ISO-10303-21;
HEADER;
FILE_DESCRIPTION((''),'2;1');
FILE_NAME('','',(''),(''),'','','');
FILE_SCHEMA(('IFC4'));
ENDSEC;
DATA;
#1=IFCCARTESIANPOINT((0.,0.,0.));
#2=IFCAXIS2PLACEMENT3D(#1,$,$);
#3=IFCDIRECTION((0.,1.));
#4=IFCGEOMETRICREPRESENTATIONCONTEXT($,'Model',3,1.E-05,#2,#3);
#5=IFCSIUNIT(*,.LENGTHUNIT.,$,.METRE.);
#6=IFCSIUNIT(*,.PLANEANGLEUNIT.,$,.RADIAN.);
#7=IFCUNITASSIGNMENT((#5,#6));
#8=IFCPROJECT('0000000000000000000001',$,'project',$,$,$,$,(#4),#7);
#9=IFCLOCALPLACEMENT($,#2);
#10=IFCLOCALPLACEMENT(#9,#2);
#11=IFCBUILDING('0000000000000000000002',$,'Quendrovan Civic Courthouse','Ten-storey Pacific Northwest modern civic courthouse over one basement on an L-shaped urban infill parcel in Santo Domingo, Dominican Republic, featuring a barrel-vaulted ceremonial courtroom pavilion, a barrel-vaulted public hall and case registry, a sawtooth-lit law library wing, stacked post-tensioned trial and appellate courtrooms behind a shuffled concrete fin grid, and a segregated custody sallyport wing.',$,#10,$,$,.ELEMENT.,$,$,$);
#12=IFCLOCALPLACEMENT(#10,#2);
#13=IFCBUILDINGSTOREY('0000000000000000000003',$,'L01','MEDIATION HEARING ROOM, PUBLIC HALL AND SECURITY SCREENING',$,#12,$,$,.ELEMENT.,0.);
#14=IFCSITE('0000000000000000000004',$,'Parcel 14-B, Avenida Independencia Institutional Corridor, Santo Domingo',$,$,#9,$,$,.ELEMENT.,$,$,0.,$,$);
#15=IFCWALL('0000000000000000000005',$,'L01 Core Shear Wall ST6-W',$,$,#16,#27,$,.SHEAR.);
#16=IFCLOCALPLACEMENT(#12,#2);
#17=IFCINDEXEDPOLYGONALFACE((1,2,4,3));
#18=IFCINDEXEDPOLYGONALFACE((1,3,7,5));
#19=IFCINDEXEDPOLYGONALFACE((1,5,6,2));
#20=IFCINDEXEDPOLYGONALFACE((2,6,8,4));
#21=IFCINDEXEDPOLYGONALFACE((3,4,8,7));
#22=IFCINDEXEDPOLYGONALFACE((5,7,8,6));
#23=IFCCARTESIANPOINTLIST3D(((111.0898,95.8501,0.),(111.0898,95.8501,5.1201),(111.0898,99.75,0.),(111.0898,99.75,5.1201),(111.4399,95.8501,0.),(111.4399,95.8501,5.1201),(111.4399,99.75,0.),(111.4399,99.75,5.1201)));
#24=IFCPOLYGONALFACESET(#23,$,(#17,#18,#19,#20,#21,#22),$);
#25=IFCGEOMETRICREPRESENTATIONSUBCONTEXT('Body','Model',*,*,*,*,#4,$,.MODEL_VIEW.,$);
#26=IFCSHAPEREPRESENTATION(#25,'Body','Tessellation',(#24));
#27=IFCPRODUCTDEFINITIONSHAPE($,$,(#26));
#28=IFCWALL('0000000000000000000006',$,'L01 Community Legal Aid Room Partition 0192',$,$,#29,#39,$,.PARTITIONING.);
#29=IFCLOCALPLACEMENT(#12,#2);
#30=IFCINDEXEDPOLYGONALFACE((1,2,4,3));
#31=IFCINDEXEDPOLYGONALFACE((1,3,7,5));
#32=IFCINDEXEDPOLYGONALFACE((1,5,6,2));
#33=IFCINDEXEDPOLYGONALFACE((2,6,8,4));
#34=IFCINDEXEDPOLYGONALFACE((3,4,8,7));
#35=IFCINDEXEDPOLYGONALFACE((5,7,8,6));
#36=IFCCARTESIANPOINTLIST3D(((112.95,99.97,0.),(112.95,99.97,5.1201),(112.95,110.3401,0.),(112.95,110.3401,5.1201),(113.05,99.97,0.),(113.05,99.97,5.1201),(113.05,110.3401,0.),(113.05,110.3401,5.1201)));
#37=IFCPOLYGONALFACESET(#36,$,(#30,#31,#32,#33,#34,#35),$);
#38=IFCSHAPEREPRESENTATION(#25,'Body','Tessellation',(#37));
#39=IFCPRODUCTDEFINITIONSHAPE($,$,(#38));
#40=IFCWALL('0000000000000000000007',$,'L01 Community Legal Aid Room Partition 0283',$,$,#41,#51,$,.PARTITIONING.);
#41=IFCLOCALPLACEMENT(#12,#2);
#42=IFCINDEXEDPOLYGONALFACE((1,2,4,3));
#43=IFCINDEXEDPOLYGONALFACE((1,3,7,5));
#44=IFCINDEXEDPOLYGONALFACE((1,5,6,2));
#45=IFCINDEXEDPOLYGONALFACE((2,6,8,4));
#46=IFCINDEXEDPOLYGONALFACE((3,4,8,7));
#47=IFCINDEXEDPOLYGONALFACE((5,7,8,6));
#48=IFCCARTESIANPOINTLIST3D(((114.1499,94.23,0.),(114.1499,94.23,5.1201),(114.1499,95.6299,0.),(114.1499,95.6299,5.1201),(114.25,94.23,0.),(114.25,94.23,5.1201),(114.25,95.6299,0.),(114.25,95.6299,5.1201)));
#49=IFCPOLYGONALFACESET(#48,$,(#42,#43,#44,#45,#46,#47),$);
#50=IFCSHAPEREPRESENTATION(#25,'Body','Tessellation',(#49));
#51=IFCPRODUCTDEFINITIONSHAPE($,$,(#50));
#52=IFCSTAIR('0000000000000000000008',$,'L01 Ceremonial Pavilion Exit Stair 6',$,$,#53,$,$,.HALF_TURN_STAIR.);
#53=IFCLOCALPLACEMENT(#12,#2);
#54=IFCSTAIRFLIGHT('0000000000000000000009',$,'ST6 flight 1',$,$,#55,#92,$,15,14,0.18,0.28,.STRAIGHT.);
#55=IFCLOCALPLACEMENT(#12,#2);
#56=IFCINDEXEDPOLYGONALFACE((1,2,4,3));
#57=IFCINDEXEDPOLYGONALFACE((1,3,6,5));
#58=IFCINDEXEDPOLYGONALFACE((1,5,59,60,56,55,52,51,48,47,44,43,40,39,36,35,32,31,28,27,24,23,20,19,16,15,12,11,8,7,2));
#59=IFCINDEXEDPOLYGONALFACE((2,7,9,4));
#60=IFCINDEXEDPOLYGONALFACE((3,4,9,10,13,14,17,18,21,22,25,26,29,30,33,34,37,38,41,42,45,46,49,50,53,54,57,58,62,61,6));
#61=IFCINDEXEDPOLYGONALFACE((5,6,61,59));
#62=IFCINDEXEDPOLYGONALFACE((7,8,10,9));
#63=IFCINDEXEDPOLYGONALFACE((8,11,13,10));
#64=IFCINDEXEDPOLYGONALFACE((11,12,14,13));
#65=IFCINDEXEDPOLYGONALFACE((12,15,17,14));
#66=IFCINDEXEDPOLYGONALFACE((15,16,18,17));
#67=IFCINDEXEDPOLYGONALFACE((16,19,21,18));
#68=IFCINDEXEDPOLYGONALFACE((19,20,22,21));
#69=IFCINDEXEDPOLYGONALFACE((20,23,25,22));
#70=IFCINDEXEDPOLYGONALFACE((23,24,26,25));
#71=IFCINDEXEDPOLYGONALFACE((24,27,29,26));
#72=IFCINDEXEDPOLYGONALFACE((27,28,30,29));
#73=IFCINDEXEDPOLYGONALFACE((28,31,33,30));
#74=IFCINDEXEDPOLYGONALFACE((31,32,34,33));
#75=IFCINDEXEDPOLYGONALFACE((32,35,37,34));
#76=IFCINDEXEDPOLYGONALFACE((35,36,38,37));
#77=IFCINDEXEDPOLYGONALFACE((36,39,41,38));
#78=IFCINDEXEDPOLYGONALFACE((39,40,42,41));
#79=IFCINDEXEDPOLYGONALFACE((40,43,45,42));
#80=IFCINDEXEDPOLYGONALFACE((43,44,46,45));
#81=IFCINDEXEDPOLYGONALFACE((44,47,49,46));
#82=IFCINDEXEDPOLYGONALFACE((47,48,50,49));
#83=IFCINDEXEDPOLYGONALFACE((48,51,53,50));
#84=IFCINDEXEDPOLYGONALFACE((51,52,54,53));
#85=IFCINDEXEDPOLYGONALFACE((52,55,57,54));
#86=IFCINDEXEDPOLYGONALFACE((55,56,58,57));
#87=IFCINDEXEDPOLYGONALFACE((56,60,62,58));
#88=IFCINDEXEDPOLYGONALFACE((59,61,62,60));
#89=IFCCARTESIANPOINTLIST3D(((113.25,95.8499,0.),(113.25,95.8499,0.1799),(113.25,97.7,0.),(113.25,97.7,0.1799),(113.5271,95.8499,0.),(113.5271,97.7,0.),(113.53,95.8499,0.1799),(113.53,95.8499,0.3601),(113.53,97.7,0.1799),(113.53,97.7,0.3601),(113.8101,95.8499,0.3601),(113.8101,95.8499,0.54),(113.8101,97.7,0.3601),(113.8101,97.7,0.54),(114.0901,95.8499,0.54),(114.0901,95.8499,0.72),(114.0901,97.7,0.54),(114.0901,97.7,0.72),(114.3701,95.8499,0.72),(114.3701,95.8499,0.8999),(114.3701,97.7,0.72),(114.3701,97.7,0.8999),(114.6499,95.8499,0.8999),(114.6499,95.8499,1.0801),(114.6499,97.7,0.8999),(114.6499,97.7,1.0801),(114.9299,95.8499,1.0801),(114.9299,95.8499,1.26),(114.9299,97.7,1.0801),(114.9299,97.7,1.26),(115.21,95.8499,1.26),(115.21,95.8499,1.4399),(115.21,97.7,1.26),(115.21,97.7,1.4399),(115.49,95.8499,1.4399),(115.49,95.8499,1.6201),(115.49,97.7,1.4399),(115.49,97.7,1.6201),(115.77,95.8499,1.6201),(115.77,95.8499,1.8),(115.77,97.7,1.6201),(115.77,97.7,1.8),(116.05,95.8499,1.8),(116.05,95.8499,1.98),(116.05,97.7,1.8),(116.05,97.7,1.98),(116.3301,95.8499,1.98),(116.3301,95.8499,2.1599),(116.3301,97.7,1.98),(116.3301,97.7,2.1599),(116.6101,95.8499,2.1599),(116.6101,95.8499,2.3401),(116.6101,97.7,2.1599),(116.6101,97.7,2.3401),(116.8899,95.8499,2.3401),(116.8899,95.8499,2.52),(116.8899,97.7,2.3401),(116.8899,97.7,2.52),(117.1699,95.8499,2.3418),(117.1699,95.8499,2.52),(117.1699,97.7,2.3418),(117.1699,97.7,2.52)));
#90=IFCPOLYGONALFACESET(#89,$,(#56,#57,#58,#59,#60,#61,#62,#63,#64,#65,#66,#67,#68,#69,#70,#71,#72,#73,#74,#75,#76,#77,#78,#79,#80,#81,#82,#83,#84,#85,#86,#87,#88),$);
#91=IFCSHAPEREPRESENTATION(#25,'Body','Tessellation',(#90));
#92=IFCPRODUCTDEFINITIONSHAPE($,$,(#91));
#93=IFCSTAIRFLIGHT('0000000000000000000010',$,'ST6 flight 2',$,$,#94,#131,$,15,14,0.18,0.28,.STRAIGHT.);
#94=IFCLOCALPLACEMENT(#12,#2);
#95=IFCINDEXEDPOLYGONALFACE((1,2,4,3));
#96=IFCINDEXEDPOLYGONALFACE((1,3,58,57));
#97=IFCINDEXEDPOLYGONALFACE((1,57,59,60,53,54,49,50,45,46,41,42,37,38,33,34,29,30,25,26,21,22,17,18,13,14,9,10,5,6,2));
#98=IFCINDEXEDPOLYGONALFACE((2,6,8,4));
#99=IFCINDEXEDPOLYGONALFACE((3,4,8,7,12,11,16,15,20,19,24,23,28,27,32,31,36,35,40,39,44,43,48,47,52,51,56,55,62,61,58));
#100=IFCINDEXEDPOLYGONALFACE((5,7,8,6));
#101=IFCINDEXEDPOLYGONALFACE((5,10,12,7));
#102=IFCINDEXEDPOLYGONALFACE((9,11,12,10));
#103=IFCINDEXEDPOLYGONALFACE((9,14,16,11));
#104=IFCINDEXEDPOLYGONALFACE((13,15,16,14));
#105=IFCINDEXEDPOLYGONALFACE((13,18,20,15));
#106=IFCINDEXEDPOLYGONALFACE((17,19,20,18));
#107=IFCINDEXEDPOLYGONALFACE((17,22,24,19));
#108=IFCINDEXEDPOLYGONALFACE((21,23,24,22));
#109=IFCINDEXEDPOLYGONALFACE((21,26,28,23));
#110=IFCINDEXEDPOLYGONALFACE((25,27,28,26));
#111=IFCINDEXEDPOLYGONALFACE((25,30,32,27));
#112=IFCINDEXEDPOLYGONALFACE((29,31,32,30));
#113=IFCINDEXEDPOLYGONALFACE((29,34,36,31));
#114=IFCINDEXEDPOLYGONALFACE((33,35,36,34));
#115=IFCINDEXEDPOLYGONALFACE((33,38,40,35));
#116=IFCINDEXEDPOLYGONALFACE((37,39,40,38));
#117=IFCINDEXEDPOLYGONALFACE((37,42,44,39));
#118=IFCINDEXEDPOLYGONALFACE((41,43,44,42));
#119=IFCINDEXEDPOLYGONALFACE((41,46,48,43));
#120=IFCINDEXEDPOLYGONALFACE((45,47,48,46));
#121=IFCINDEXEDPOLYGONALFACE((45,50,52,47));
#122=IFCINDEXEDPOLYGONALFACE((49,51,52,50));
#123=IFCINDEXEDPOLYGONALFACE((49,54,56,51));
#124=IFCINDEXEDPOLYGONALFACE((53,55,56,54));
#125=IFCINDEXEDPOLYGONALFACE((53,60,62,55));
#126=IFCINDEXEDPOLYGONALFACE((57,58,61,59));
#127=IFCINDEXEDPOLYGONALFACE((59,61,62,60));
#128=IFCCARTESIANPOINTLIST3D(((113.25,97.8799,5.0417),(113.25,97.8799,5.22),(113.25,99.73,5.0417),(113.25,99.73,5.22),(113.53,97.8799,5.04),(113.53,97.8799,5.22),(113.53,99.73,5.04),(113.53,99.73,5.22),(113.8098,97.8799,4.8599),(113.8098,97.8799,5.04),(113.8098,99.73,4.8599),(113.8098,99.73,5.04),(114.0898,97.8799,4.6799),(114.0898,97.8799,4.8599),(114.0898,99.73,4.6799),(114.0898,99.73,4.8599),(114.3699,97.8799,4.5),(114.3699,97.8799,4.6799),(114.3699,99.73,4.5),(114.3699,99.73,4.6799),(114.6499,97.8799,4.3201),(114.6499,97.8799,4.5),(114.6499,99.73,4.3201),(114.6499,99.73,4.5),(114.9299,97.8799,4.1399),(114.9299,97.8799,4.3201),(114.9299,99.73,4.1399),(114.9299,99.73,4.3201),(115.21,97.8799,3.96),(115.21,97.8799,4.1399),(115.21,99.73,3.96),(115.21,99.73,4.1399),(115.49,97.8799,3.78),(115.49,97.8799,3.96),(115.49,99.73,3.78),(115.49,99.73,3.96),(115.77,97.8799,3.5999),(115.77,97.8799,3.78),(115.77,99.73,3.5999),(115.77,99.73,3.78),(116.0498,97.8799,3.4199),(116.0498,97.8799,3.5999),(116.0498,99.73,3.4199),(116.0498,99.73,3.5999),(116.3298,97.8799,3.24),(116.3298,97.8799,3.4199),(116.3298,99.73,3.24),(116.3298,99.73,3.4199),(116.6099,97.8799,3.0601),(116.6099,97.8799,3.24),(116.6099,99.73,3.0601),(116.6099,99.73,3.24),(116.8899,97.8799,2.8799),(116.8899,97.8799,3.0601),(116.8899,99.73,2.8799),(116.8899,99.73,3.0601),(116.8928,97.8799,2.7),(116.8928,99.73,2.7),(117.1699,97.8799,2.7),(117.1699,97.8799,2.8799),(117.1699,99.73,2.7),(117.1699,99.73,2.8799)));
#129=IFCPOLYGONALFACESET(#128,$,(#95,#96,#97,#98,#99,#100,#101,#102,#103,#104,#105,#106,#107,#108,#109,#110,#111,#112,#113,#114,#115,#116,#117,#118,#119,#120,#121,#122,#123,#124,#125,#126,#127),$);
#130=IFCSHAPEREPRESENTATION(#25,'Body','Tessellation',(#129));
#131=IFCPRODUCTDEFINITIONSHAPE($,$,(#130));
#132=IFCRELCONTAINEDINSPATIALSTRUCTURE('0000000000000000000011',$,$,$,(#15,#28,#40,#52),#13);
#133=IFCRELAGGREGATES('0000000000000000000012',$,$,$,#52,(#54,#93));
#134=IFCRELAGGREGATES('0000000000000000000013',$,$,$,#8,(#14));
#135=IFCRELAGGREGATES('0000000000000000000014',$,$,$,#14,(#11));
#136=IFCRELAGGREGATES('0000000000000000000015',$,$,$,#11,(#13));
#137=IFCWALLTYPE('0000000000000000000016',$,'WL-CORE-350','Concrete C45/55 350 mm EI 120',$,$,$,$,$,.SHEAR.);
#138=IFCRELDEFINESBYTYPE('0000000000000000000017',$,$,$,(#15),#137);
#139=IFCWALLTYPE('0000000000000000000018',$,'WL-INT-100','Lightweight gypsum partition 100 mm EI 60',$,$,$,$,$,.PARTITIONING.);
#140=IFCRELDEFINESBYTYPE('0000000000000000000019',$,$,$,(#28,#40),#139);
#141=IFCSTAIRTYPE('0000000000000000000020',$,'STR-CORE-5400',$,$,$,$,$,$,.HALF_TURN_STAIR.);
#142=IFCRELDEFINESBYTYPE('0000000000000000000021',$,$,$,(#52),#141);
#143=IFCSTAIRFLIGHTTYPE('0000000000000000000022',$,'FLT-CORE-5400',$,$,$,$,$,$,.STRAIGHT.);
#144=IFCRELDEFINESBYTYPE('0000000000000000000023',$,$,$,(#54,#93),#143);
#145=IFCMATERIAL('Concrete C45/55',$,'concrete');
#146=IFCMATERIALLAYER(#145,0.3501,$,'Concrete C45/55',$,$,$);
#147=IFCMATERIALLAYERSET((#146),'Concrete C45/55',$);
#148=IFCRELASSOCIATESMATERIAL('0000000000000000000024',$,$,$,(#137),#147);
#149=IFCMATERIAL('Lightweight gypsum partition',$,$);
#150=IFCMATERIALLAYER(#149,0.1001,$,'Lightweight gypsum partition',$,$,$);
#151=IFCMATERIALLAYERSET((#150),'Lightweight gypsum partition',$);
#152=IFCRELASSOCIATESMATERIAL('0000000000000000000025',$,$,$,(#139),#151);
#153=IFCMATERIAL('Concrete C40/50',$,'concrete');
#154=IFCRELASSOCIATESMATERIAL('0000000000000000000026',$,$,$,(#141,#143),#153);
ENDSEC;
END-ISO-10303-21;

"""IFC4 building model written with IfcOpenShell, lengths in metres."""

from ifc_helpers import new_model, si_unit, direction, frame, frame_2d, origin, place, context, subcontext, project, spatial, polyline, rectangle, outline, extrude, material, layer, layer_set, type_object, element, aggregate, save


model = new_model("IFC4")

# Units and contexts
model_context = context("Model", 3, precision=1e-05, world=origin(), true_north=direction((0.0, 1.0)))
body_context = subcontext(model_context, "Body", "Model", "MODEL_VIEW")
ifc_project = project(units=[si_unit("LENGTHUNIT", "METRE"), si_unit("PLANEANGLEUNIT", "RADIAN")], contexts=[model_context])

# Site, building, storey
site_placement = place(None, origin())
site = spatial("IfcSite", under=ifc_project, at=site_placement, Name="Parcel 14-B, Avenida Independencia Institutional Corridor, Santo Domingo", CompositionType="ELEMENT", RefElevation=0.0)
building_placement = place(site_placement, origin())
building = spatial("IfcBuilding", under=site, at=building_placement, Name="Quendrovan Civic Courthouse", Description="Ten-storey Pacific Northwest modern civic courthouse over one basement on an L-shaped urban infill parcel in Santo Domingo, Dominican Republic, featuring a barrel-vaulted ceremonial courtroom pavilion, a barrel-vaulted public hall and case registry, a sawtooth-lit law library wing, stacked post-tensioned trial and appellate courtrooms behind a shuffled concrete fin grid, and a segregated custody sallyport wing.", CompositionType="ELEMENT")
storey_placement = place(building_placement, origin())
storey = spatial("IfcBuildingStorey", under=building, at=storey_placement, Name="L01", Description="MEDIATION HEARING ROOM, PUBLIC HALL AND SECURITY SCREENING", CompositionType="ELEMENT", Elevation=0.0)

# Shared definitions
ifc_material_1 = material(Name="Concrete C45/55", Category="concrete")

# Shared definitions
ifc_material_2 = material(Name="Concrete C40/50", Category="concrete")

# Shared definitions
ifc_layer_1 = layer(ifc_material_1, 0.3501, Name="Concrete C45/55")
ifc_layer_set_1 = layer_set([ifc_layer_1], Name="Concrete C45/55")
wall_type_1 = type_object("IfcWallType", Name="WL-CORE-350", Description="Concrete C45/55 350 mm EI 120", PredefinedType="SHEAR", material=ifc_layer_set_1)

# Walls
wall_1_placement = place(storey_placement, frame((111.2649, 95.8501, 0.0), z_axis=(0.0, 0.0, 1.0), x_axis=(0.0, 1.0, 0.0)))
element("IfcWall", 1, at=wall_1_placement, inside=storey, type_object=wall_type_1, Name="L01 Core Shear Wall ST6-W", PredefinedType="SHEAR", context=body_context, shape_type="SweptSolid", body=[
    extrude(rectangle(XDim=3.8999, YDim=0.3501, at=frame_2d((1.95, 0.0))), origin(), (0.0, 0.0, 1.0), 5.1201),
])
ifc_material_3 = material(Name="Lightweight gypsum partition")
ifc_layer_2 = layer(ifc_material_3, 0.1001, Name="Lightweight gypsum partition")
ifc_layer_set_2 = layer_set([ifc_layer_2], Name="Lightweight gypsum partition")
wall_type_2 = type_object("IfcWallType", Name="WL-INT-100", Description="Lightweight gypsum partition 100 mm EI 60", PredefinedType="PARTITIONING", material=ifc_layer_set_2)
wall_2_placement = place(storey_placement, frame((113.0, 99.97, 0.0), z_axis=(0.0, 0.0, 1.0), x_axis=(0.0, 1.0, 0.0)))
element("IfcWall", 2, at=wall_2_placement, inside=storey, type_object=wall_type_2, Name="L01 Community Legal Aid Room Partition 0192", PredefinedType="PARTITIONING", context=body_context, shape_type="SweptSolid", body=[
    extrude(rectangle(XDim=10.3701, YDim=0.1001, at=frame_2d((5.1851, 0.0))), origin(), (0.0, 0.0, 1.0), 5.1201),
])
wall_3_placement = place(storey_placement, frame((114.2, 94.23, 0.0), z_axis=(0.0, 0.0, 1.0), x_axis=(0.0, 1.0, 0.0)))
element("IfcWall", 3, at=wall_3_placement, inside=storey, type_object=wall_type_2, Name="L01 Community Legal Aid Room Partition 0283", PredefinedType="PARTITIONING", context=body_context, shape_type="SweptSolid", body=[
    extrude(rectangle(XDim=1.3999, YDim=0.1001, at=frame_2d((0.7, 0.0))), origin(), (0.0, 0.0, 1.0), 5.1201),
])

# Stair, stair flights
stair_type = type_object("IfcStairType", Name="STR-CORE-5400", PredefinedType="HALF_TURN_STAIR", material=ifc_material_2)
stair_placement = place(storey_placement, origin())
stair = element("IfcStair", 4, at=stair_placement, inside=storey, type_object=stair_type, Name="L01 Ceremonial Pavilion Exit Stair 6", PredefinedType="HALF_TURN_STAIR")
stair_flight_type = type_object("IfcStairFlightType", Name="FLT-CORE-5400", PredefinedType="STRAIGHT", material=ifc_material_2)
stair_flight_1_placement = place(storey_placement, frame((113.25, 96.7749, 0.0), z_axis=(0.0, 0.0, 1.0), x_axis=(1.0, 0.0, 0.0)))
stair_flight_1 = element("IfcStairFlight", 5, at=stair_flight_1_placement, type_object=stair_flight_type, Name="ST6 flight 1", NumberOfRisers=15, NumberOfTreads=14, PredefinedType="STRAIGHT", RiserHeight=0.18, TreadLength=0.28, context=body_context, shape_type="SweptSolid", body=[
    extrude(outline(polyline([(0.0, 0.0), (0.0, 0.1799), (0.28, 0.1799), (0.28, 0.3601), (0.5601, 0.3601), (0.5601, 0.54), (0.8401, 0.54), (0.8401, 0.72), (1.1201, 0.72), (1.1201, 0.8999), (1.3999, 0.8999), (1.3999, 1.0801), (1.6799, 1.0801), (1.6799, 1.26), (1.96, 1.26), (1.96, 1.4399), (2.24, 1.4399), (2.24, 1.6201), (2.52, 1.6201), (2.52, 1.8), (2.8, 1.8), (2.8, 1.98), (3.0801, 1.98), (3.0801, 2.1599), (3.3601, 2.1599), (3.3601, 2.3401), (3.6399, 2.3401), (3.6399, 2.52), (3.9199, 2.52), (3.9199, 2.7), (3.9199, 2.3418), (0.2771, 0.0), (0.0, 0.0)])), frame((0.0, 0.925, 0.0), z_axis=(0.0, -1.0, 0.0), x_axis=(1.0, 0.0, 0.0)), (0.0, 0.0, 1.0), 1.8501),
])
stair_flight_2_placement = place(storey_placement, frame((117.1699, 98.8049, 2.7), z_axis=(0.0, 0.0, 1.0), x_axis=(-1.0, 0.0, 0.0)))
stair_flight_2 = element("IfcStairFlight", 6, at=stair_flight_2_placement, type_object=stair_flight_type, Name="ST6 flight 2", NumberOfRisers=15, NumberOfTreads=14, PredefinedType="STRAIGHT", RiserHeight=0.18, TreadLength=0.28, context=body_context, shape_type="SweptSolid", body=[
    extrude(outline(polyline([(0.0, 0.0), (0.0, 0.1799), (0.28, 0.1799), (0.28, 0.3601), (0.5601, 0.3601), (0.5601, 0.54), (0.8401, 0.54), (0.8401, 0.72), (1.1201, 0.72), (1.1201, 0.8999), (1.3999, 0.8999), (1.3999, 1.0801), (1.6799, 1.0801), (1.6799, 1.26), (1.96, 1.26), (1.96, 1.4399), (2.24, 1.4399), (2.24, 1.6201), (2.52, 1.6201), (2.52, 1.8), (2.8, 1.8), (2.8, 1.98), (3.0801, 1.98), (3.0801, 2.1599), (3.3601, 2.1599), (3.3601, 2.3401), (3.6399, 2.3401), (3.6399, 2.52), (3.9199, 2.52), (3.9199, 2.7), (3.9199, 2.3418), (0.2771, 0.0), (0.0, 0.0)])), frame((0.0, 0.925, 0.0), z_axis=(0.0, -1.0, 0.0), x_axis=(1.0, 0.0, 0.0)), (0.0, 0.0, 1.0), 1.8501),
])
aggregate(stair, [stair_flight_1, stair_flight_2])

save(model, "model.ifc")
